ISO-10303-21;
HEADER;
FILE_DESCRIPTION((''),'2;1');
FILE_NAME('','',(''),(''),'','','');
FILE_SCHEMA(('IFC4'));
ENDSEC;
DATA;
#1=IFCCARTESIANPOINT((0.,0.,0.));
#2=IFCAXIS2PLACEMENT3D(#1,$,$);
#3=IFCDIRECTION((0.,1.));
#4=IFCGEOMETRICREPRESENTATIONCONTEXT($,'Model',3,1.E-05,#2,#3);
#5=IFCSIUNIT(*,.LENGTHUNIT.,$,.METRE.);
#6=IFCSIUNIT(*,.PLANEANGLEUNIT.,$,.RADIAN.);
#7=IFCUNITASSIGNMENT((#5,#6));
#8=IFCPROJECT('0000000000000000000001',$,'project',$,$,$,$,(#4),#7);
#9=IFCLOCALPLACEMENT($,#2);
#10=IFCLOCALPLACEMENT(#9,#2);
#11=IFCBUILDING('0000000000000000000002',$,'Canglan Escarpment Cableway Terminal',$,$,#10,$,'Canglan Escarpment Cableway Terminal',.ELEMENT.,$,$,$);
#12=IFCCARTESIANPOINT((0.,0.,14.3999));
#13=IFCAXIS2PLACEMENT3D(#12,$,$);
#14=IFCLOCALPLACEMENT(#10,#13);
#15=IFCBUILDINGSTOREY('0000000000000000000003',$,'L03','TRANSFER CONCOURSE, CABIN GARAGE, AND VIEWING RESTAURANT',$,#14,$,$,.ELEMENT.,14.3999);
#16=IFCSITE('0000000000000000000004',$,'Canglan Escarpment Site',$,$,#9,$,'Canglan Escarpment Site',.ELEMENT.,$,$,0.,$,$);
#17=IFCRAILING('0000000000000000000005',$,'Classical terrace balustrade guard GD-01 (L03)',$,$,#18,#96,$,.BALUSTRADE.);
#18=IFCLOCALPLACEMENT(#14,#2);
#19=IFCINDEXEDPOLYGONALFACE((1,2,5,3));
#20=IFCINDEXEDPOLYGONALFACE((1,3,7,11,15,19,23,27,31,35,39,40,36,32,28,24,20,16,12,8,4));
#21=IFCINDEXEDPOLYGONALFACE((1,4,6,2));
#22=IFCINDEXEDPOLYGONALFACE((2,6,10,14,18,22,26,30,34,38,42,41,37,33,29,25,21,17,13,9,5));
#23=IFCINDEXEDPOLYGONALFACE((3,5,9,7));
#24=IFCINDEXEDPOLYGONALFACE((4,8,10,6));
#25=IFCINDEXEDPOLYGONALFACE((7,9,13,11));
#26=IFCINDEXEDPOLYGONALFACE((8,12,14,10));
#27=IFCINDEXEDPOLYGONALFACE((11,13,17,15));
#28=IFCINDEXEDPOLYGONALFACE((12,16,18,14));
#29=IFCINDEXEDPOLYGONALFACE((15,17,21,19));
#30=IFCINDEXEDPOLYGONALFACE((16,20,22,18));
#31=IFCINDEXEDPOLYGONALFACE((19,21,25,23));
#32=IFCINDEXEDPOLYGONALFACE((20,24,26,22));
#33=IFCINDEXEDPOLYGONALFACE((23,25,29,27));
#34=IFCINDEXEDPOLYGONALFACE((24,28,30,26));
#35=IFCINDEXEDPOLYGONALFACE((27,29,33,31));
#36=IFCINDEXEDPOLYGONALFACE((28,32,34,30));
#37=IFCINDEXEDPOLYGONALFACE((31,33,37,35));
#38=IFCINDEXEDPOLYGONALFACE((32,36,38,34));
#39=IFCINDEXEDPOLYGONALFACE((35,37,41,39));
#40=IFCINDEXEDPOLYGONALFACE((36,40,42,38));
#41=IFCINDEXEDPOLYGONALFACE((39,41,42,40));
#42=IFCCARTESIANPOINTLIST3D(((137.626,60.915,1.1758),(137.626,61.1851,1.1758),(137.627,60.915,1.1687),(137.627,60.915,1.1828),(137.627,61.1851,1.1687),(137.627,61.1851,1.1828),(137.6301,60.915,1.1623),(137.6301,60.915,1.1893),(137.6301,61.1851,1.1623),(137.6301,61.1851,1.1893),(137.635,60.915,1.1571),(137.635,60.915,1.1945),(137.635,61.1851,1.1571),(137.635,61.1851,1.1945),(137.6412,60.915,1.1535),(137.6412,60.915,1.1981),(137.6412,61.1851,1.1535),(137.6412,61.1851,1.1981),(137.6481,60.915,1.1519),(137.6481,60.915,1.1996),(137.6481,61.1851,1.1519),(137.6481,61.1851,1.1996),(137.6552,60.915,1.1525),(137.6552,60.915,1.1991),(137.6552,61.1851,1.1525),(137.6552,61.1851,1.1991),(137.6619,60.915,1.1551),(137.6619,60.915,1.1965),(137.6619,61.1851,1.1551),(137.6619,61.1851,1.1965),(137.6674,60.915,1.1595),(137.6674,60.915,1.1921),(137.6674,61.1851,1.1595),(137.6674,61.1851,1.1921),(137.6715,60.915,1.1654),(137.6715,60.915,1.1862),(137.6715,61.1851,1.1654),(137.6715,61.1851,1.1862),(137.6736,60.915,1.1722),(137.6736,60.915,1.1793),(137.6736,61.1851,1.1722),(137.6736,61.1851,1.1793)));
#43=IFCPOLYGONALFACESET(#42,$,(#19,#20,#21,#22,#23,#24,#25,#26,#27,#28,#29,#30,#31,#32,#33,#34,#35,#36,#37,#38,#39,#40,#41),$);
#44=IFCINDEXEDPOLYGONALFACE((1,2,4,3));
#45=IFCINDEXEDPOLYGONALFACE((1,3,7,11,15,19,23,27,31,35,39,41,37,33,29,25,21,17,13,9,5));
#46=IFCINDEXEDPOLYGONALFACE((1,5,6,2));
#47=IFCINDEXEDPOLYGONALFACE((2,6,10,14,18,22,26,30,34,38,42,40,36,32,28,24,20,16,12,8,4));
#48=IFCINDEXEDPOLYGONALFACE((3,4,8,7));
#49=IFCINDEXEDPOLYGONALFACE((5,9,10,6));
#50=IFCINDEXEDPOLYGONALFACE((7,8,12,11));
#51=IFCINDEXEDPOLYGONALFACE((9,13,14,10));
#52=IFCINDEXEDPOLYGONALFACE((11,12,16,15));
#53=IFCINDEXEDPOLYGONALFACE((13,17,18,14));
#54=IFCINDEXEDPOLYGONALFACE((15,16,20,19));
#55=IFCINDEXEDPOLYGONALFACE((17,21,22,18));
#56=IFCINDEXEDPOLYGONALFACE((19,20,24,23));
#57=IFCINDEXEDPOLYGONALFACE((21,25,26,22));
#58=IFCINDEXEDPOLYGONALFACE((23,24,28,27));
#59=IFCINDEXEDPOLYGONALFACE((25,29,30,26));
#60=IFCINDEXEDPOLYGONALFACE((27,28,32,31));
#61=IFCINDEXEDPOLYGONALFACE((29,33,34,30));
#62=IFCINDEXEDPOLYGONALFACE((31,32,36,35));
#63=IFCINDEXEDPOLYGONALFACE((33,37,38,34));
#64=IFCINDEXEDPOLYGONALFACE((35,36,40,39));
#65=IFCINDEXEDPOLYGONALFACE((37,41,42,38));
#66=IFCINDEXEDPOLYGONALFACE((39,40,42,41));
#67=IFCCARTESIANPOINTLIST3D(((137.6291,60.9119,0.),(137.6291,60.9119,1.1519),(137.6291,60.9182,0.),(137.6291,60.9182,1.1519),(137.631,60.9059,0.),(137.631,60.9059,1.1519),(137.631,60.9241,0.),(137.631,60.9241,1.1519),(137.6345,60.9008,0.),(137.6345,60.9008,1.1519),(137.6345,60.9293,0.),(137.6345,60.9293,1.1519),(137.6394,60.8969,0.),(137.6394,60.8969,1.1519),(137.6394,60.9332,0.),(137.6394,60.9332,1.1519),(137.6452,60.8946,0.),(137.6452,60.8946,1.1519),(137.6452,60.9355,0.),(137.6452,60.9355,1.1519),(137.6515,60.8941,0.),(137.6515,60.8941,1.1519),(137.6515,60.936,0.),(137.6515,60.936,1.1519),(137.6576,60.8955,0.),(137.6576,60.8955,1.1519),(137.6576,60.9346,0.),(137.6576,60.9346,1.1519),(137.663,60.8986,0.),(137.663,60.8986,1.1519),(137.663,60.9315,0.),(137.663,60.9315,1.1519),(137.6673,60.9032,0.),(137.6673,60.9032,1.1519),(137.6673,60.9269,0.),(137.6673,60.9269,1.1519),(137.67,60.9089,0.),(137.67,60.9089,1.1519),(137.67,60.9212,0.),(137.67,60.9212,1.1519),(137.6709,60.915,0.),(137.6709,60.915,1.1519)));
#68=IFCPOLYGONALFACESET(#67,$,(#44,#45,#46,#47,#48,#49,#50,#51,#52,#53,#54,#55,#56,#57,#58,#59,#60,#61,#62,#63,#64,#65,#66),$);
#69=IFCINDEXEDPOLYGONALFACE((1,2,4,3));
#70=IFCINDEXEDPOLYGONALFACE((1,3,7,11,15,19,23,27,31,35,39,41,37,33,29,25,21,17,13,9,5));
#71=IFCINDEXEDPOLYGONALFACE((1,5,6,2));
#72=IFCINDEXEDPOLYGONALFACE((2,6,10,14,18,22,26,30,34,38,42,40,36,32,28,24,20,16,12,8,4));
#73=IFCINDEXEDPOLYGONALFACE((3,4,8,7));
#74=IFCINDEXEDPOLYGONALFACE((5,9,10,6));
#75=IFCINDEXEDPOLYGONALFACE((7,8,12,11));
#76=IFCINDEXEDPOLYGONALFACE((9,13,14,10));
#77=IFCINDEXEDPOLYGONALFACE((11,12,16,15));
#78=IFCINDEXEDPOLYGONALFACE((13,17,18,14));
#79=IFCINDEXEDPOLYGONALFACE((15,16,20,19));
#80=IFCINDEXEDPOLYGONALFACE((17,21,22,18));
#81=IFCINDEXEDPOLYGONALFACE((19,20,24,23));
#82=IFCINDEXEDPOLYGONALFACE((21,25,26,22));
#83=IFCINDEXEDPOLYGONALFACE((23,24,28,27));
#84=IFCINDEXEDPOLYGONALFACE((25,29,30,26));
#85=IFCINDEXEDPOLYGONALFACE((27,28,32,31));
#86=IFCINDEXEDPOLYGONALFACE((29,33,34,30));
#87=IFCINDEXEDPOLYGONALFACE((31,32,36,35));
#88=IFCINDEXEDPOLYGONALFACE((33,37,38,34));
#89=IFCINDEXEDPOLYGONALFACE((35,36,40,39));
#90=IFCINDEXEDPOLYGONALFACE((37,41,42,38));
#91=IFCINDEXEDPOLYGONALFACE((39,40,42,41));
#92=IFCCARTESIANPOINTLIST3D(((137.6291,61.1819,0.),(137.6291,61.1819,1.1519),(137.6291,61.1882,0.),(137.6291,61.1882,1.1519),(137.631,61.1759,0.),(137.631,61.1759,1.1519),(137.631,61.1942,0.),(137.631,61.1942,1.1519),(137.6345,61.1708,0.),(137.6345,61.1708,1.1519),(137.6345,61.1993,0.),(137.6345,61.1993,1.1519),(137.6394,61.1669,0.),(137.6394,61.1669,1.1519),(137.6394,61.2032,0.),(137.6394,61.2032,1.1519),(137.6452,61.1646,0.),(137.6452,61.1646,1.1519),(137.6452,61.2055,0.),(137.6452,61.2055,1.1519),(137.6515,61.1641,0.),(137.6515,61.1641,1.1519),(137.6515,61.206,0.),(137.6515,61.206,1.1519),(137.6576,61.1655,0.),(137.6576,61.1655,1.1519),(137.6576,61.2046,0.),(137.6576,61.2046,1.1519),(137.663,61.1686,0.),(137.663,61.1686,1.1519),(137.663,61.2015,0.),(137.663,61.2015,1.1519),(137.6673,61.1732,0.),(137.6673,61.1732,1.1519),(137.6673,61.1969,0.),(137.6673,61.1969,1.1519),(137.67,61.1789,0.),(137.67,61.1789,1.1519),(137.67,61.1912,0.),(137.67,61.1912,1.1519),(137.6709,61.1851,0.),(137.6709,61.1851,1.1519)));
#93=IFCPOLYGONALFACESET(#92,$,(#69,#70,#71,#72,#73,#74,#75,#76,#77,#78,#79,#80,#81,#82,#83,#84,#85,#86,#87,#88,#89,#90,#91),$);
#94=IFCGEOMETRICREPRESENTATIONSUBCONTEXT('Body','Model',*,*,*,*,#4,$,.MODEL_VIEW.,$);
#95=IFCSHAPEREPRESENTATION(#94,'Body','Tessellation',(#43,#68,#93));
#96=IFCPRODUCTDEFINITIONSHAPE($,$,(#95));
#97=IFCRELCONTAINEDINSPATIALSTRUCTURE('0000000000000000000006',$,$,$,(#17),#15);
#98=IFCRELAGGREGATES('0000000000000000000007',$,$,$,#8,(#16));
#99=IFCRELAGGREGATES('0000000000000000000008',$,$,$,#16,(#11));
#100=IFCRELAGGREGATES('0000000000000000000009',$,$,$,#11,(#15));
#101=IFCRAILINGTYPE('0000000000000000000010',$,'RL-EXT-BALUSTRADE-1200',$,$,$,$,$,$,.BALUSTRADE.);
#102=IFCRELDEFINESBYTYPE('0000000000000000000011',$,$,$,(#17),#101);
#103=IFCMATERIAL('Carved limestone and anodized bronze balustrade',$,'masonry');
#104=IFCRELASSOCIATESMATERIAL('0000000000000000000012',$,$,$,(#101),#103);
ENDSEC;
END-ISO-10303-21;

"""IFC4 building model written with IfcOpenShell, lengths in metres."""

from ifc_helpers import new_model, si_unit, direction, frame, origin, origin_2d, place, context, subcontext, project, spatial, circle, extrude, material, type_object, element, save


model = new_model("IFC4")

# Units and contexts
model_context = context("Model", 3, precision=1e-05, world=origin(), true_north=direction((0.0, 1.0)))
body_context = subcontext(model_context, "Body", "Model", "MODEL_VIEW")
ifc_project = project(units=[si_unit("LENGTHUNIT", "METRE"), si_unit("PLANEANGLEUNIT", "RADIAN")], contexts=[model_context])

# Site, building, storey
site_placement = place(None, origin())
site = spatial("IfcSite", under=ifc_project, at=site_placement, Name="Canglan Escarpment Site", LongName="Canglan Escarpment Site", CompositionType="ELEMENT", RefElevation=0.0)
building_placement = place(site_placement, origin())
building = spatial("IfcBuilding", under=site, at=building_placement, Name="Canglan Escarpment Cableway Terminal", LongName="Canglan Escarpment Cableway Terminal", CompositionType="ELEMENT")
storey_placement = place(building_placement, frame((0.0, 0.0, 14.3999)))
storey = spatial("IfcBuildingStorey", under=building, at=storey_placement, Name="L03", Description="TRANSFER CONCOURSE, CABIN GARAGE, AND VIEWING RESTAURANT", CompositionType="ELEMENT", Elevation=14.3999)

# Railing
ifc_material_1 = material(Name="Carved limestone and anodized bronze balustrade", Category="masonry")
railing_type = type_object("IfcRailingType", Name="RL-EXT-BALUSTRADE-1200", PredefinedType="BALUSTRADE", material=ifc_material_1)
for number, where, name in (
    (1, (137.6499, 60.915, 0.0), "Classical terrace balustrade guard GD-01 (L03)"),
):
    element("IfcRailing", number, at=place(storey_placement, frame(where)), inside=storey, type_object=railing_type, Name=name, PredefinedType="BALUSTRADE", context=body_context, shape_type="SweptSolid", body=[
        extrude(circle(Radius=0.0239, at=origin_2d()), frame((0.0, 0.0, 1.1758), z_axis=(0.0, 1.0, 0.0), x_axis=(-1.0, 0.0, 0.0)), (0.0, 0.0, 1.0), 0.27),
        extrude(circle(Radius=0.021, at=origin_2d()), origin(), (0.0, 0.0, 1.0), 1.1519),
        extrude(circle(Radius=0.021, at=origin_2d()), frame((0.0, 0.27, 0.0)), (0.0, 0.0, 1.0), 1.1519),
    ])

save(model, "model.ifc")
